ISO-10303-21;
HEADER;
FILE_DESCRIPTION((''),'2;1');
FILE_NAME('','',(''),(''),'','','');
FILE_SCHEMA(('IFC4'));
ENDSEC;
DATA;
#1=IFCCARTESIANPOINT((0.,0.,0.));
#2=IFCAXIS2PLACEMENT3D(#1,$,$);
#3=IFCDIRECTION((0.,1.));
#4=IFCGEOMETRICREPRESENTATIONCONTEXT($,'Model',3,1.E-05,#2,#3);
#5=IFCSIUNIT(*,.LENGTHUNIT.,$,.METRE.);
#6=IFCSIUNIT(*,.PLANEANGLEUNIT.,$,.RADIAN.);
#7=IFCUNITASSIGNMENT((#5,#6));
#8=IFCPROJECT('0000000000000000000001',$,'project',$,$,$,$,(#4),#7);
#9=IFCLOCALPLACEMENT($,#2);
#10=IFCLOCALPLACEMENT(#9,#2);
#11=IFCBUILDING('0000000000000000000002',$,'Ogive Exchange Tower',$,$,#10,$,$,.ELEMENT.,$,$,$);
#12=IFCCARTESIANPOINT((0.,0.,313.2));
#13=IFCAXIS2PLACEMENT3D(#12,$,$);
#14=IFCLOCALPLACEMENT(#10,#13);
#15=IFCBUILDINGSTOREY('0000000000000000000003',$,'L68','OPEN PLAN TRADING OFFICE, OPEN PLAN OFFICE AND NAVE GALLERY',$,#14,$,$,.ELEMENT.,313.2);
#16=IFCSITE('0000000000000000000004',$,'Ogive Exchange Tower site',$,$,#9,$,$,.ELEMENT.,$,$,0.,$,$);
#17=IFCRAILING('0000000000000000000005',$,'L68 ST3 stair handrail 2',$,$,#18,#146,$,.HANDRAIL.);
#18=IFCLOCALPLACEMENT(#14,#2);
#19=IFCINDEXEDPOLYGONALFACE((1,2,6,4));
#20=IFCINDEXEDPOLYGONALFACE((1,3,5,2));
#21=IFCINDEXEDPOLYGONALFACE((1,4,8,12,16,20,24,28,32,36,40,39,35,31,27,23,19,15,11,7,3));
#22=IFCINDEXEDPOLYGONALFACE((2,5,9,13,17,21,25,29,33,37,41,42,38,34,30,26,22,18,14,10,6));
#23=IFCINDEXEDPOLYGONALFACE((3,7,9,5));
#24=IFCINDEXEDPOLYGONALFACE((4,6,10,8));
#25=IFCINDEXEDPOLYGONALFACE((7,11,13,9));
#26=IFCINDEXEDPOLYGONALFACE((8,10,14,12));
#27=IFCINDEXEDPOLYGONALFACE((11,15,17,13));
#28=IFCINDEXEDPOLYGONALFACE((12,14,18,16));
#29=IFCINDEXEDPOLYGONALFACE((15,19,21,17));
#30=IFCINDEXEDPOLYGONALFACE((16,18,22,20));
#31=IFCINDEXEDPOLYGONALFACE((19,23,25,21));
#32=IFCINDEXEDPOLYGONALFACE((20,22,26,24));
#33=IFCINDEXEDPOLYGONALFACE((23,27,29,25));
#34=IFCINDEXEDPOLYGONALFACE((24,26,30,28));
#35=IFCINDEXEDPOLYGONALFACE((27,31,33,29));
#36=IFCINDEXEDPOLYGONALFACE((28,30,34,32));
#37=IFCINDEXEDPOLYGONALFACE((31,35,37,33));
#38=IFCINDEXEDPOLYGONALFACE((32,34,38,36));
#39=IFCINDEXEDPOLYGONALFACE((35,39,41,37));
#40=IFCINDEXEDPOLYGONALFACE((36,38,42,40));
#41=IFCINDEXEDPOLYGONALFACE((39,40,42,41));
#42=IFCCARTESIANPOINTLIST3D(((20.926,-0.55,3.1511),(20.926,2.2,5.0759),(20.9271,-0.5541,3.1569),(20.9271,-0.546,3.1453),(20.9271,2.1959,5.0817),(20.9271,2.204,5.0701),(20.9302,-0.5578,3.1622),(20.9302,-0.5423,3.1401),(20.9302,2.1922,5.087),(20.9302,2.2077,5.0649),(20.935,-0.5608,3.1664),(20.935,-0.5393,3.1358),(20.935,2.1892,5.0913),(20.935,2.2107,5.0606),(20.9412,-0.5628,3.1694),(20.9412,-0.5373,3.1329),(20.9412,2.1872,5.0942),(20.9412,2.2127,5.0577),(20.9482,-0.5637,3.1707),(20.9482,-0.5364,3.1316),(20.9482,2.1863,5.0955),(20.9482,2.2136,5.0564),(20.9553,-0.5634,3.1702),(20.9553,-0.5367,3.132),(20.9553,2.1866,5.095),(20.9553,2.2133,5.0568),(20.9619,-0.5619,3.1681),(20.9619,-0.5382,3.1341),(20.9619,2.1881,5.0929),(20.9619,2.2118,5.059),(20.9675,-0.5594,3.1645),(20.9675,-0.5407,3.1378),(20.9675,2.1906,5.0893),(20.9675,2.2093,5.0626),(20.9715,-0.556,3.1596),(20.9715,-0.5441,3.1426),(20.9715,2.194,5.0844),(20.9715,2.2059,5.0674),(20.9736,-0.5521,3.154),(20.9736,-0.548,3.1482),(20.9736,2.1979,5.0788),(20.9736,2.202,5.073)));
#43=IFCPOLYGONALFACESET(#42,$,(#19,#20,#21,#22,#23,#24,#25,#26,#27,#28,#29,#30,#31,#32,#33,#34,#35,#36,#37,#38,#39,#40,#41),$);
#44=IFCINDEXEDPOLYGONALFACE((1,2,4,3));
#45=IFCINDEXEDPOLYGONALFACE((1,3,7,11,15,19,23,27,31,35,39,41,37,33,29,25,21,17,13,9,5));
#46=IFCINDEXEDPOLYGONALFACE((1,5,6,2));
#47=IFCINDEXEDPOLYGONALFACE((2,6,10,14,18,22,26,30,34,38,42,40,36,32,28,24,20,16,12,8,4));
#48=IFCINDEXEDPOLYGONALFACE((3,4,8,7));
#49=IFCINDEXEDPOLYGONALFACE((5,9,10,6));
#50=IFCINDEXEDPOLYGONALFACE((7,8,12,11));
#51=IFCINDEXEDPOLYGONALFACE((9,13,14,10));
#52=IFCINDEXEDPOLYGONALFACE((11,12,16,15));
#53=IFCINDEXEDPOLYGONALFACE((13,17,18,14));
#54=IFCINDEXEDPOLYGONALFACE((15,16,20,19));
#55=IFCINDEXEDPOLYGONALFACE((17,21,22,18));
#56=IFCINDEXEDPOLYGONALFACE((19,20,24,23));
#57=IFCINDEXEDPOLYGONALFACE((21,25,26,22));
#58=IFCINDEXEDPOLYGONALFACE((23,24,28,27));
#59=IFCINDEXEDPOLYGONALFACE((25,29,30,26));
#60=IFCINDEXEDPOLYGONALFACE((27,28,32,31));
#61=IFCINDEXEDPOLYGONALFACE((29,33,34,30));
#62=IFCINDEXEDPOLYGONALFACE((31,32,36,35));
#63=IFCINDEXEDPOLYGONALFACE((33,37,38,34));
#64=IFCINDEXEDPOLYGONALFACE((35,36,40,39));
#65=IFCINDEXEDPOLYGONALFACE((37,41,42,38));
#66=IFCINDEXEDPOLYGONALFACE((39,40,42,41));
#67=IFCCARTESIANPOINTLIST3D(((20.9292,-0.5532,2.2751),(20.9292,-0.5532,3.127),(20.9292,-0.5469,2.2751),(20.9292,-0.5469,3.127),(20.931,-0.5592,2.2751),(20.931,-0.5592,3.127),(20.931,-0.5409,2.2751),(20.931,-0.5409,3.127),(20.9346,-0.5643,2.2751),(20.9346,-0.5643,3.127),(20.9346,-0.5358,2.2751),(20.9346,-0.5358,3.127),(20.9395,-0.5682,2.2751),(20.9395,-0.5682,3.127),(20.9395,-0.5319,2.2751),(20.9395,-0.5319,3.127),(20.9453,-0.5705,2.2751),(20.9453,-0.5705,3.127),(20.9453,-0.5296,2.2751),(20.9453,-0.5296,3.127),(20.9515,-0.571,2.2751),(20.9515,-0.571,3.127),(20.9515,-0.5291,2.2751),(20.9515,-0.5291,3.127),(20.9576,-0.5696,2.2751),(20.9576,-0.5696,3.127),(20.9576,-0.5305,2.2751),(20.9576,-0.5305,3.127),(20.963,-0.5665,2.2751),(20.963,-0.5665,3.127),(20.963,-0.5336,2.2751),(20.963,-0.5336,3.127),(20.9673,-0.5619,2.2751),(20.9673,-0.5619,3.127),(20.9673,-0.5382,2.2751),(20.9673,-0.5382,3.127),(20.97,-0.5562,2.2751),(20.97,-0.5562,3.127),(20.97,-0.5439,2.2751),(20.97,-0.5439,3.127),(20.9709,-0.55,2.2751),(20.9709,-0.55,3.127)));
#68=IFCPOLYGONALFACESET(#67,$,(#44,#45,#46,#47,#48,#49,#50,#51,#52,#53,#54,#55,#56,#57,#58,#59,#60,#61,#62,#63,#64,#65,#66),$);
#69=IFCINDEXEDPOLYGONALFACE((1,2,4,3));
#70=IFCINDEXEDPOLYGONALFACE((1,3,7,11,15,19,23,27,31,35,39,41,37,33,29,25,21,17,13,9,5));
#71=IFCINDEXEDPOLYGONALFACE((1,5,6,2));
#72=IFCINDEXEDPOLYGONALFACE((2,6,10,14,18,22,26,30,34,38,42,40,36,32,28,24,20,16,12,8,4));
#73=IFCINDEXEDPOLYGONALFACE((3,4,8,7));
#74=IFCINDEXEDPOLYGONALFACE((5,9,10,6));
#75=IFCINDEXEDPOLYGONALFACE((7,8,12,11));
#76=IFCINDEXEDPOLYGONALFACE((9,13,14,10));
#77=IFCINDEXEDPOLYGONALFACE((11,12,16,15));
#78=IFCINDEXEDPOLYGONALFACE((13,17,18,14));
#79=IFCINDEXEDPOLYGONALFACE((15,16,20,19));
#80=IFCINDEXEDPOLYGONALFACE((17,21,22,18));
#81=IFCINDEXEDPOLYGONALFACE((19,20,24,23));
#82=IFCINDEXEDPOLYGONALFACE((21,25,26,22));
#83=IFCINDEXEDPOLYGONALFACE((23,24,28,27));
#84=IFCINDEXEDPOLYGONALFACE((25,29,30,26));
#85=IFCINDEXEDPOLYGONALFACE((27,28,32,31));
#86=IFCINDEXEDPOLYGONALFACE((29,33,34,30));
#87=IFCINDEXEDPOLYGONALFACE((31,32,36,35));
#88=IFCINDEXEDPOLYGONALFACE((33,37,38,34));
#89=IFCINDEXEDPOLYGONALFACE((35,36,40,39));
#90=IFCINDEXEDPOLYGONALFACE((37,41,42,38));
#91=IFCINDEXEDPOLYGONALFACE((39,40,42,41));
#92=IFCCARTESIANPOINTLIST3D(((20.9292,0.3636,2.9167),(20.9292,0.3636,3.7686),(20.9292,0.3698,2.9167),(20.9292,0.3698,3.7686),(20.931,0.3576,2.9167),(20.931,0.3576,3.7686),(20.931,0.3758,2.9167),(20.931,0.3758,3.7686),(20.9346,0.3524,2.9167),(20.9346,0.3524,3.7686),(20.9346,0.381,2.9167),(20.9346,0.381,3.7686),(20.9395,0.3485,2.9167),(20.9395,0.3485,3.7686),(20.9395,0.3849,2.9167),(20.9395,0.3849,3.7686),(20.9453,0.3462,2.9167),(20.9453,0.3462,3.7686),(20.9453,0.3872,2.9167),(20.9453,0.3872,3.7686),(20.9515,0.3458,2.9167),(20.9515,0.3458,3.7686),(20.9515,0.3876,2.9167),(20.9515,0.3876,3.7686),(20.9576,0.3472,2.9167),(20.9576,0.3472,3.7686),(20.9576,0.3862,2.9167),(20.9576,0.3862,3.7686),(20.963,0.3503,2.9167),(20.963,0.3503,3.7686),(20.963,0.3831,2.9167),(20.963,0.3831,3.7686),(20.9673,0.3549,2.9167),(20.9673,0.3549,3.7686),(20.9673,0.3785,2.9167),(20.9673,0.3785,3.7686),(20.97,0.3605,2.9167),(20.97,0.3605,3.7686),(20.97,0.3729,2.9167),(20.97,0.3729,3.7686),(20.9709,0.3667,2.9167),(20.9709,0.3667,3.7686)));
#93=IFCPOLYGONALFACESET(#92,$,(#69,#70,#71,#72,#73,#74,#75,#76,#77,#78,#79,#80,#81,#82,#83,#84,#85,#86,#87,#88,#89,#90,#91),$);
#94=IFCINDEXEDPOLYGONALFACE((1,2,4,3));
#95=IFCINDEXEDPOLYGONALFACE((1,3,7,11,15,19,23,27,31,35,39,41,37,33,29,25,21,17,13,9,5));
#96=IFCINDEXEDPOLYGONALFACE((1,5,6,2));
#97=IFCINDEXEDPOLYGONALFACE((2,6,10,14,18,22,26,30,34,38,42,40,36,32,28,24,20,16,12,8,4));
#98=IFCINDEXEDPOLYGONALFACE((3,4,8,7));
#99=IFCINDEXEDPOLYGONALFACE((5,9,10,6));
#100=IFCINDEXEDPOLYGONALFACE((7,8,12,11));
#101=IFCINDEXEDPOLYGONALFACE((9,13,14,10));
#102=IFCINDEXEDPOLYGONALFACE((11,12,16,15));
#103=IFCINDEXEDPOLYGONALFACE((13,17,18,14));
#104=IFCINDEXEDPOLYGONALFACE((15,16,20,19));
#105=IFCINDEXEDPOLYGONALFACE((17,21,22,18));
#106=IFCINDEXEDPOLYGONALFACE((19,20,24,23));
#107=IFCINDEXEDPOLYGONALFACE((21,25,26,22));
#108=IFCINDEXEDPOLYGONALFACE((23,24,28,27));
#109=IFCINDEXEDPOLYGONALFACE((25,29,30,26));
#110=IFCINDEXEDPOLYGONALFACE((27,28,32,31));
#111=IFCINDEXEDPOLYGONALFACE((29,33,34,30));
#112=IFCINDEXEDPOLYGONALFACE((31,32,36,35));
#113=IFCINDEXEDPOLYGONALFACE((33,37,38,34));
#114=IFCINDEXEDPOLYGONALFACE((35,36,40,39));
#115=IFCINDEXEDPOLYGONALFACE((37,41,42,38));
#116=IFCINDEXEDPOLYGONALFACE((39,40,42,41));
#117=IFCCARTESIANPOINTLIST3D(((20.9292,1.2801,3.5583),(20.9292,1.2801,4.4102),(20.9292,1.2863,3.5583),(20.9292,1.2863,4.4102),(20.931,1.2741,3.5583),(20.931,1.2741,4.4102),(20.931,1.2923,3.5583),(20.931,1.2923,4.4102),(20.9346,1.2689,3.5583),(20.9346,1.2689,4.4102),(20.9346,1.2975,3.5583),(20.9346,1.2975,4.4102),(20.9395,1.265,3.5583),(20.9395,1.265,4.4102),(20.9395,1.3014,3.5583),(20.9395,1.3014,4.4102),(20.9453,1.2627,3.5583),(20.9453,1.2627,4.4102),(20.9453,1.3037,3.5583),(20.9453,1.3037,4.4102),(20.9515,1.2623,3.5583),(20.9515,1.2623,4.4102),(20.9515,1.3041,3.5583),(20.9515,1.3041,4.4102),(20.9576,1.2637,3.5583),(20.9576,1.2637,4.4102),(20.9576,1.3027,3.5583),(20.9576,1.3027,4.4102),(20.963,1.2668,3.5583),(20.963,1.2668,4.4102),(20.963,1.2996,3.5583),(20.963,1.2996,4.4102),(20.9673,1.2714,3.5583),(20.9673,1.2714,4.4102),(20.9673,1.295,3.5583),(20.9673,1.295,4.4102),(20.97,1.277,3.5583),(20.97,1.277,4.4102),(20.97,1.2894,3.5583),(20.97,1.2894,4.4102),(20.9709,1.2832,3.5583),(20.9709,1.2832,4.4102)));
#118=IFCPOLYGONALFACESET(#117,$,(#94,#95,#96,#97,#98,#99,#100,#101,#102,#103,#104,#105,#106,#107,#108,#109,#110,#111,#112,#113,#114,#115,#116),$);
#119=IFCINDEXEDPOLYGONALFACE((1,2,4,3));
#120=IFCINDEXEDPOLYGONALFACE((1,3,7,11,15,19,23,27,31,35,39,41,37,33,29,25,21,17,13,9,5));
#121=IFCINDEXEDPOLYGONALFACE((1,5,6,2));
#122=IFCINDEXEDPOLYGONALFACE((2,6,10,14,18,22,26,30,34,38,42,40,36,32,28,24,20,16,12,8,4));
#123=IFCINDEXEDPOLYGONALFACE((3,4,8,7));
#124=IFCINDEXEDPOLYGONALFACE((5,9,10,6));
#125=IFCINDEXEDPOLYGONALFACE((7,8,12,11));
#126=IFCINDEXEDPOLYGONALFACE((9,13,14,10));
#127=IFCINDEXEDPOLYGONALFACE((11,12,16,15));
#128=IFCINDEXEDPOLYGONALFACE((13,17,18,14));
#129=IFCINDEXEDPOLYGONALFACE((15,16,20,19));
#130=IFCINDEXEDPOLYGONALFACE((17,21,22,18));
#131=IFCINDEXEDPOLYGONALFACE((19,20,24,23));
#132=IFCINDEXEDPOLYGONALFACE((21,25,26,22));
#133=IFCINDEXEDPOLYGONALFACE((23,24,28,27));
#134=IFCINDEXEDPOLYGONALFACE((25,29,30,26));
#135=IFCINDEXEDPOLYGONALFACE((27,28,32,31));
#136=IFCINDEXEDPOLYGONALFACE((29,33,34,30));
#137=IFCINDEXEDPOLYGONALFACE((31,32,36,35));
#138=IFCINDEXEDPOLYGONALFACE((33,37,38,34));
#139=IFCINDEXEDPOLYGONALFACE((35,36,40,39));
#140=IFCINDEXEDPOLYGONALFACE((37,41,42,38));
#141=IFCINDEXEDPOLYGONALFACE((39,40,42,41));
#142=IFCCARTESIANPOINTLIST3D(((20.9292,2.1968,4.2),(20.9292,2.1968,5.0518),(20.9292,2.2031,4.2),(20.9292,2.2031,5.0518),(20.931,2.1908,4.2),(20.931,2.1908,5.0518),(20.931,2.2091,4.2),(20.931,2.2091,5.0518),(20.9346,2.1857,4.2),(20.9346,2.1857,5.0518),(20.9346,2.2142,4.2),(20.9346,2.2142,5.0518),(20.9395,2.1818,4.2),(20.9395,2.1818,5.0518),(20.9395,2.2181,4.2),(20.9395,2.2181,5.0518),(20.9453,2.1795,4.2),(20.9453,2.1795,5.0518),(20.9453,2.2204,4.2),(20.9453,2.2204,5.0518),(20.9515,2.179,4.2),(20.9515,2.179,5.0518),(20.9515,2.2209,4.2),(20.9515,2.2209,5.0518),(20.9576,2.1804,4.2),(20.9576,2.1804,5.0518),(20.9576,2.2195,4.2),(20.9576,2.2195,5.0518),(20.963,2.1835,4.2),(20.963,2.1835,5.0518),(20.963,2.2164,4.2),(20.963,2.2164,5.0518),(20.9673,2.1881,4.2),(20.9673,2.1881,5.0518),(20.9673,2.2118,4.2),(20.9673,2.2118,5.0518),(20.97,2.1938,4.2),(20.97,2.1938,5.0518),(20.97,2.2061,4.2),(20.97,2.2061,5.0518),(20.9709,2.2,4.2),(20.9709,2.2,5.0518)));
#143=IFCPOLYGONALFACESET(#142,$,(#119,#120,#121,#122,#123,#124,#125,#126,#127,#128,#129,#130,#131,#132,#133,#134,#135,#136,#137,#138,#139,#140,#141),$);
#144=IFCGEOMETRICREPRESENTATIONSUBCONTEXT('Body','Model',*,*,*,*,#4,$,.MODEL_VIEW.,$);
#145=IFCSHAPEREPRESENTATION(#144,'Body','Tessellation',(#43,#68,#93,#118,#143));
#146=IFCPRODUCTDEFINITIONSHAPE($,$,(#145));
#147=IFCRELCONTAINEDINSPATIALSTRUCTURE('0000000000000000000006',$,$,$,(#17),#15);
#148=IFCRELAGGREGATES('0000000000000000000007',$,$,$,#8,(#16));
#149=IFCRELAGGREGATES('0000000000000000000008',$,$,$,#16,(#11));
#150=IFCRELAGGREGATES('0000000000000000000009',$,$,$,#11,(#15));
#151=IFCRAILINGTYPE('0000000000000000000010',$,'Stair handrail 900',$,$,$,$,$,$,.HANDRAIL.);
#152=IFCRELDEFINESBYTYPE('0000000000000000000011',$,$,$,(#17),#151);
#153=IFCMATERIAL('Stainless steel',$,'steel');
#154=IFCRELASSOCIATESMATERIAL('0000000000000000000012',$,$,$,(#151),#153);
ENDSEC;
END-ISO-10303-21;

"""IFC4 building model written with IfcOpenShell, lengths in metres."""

from ifc_helpers import new_model, si_unit, direction, frame, origin, origin_2d, place, context, subcontext, project, spatial, circle, extrude, material, type_object, element, save


model = new_model("IFC4")

# Units and contexts
model_context = context("Model", 3, precision=1e-05, world=origin(), true_north=direction((0.0, 1.0)))
body_context = subcontext(model_context, "Body", "Model", "MODEL_VIEW")
ifc_project = project(units=[si_unit("LENGTHUNIT", "METRE"), si_unit("PLANEANGLEUNIT", "RADIAN")], contexts=[model_context])

# Site, building, storey
site_placement = place(None, origin())
site = spatial("IfcSite", under=ifc_project, at=site_placement, Name="Ogive Exchange Tower site", CompositionType="ELEMENT", RefElevation=0.0)
building_placement = place(site_placement, origin())
building = spatial("IfcBuilding", under=site, at=building_placement, Name="Ogive Exchange Tower", CompositionType="ELEMENT")
storey_placement = place(building_placement, frame((0.0, 0.0, 313.2)))
storey = spatial("IfcBuildingStorey", under=building, at=storey_placement, Name="L68", Description="OPEN PLAN TRADING OFFICE, OPEN PLAN OFFICE AND NAVE GALLERY", CompositionType="ELEMENT", Elevation=313.2)

# Shared definitions
ifc_material_1 = material(Name="Stainless steel", Category="steel")

# Railing
railing_type = type_object("IfcRailingType", Name="Stair handrail 900", PredefinedType="HANDRAIL", material=ifc_material_1)
railing_1_placement = place(storey_placement, frame((20.95, -0.55, 2.2751)))
element("IfcRailing", 1, at=railing_1_placement, inside=storey, type_object=railing_type, Name="L68 ST3 stair handrail 2", PredefinedType="HANDRAIL", context=body_context, shape_type="SweptSolid", body=[
    extrude(circle(Radius=0.0239, at=origin_2d()), frame((0.0, 0.0, 0.876), z_axis=(0.0, 0.819259, 0.573423), x_axis=(-1.0, 0.0, 0.0)), (0.0, 0.0, 1.0), 3.3567),
    extrude(circle(Radius=0.021, at=origin_2d()), origin(), (0.0, 0.0, 1.0), 0.8518),
    extrude(circle(Radius=0.021, at=origin_2d()), frame((0.0, 0.9167, 0.6416)), (0.0, 0.0, 1.0), 0.8518),
    extrude(circle(Radius=0.021, at=origin_2d()), frame((0.0, 1.8333, 1.2832)), (0.0, 0.0, 1.0), 0.8518),
    extrude(circle(Radius=0.021, at=origin_2d()), frame((0.0, 2.75, 1.9248)), (0.0, 0.0, 1.0), 0.8518),
])

save(model, "model.ifc")
